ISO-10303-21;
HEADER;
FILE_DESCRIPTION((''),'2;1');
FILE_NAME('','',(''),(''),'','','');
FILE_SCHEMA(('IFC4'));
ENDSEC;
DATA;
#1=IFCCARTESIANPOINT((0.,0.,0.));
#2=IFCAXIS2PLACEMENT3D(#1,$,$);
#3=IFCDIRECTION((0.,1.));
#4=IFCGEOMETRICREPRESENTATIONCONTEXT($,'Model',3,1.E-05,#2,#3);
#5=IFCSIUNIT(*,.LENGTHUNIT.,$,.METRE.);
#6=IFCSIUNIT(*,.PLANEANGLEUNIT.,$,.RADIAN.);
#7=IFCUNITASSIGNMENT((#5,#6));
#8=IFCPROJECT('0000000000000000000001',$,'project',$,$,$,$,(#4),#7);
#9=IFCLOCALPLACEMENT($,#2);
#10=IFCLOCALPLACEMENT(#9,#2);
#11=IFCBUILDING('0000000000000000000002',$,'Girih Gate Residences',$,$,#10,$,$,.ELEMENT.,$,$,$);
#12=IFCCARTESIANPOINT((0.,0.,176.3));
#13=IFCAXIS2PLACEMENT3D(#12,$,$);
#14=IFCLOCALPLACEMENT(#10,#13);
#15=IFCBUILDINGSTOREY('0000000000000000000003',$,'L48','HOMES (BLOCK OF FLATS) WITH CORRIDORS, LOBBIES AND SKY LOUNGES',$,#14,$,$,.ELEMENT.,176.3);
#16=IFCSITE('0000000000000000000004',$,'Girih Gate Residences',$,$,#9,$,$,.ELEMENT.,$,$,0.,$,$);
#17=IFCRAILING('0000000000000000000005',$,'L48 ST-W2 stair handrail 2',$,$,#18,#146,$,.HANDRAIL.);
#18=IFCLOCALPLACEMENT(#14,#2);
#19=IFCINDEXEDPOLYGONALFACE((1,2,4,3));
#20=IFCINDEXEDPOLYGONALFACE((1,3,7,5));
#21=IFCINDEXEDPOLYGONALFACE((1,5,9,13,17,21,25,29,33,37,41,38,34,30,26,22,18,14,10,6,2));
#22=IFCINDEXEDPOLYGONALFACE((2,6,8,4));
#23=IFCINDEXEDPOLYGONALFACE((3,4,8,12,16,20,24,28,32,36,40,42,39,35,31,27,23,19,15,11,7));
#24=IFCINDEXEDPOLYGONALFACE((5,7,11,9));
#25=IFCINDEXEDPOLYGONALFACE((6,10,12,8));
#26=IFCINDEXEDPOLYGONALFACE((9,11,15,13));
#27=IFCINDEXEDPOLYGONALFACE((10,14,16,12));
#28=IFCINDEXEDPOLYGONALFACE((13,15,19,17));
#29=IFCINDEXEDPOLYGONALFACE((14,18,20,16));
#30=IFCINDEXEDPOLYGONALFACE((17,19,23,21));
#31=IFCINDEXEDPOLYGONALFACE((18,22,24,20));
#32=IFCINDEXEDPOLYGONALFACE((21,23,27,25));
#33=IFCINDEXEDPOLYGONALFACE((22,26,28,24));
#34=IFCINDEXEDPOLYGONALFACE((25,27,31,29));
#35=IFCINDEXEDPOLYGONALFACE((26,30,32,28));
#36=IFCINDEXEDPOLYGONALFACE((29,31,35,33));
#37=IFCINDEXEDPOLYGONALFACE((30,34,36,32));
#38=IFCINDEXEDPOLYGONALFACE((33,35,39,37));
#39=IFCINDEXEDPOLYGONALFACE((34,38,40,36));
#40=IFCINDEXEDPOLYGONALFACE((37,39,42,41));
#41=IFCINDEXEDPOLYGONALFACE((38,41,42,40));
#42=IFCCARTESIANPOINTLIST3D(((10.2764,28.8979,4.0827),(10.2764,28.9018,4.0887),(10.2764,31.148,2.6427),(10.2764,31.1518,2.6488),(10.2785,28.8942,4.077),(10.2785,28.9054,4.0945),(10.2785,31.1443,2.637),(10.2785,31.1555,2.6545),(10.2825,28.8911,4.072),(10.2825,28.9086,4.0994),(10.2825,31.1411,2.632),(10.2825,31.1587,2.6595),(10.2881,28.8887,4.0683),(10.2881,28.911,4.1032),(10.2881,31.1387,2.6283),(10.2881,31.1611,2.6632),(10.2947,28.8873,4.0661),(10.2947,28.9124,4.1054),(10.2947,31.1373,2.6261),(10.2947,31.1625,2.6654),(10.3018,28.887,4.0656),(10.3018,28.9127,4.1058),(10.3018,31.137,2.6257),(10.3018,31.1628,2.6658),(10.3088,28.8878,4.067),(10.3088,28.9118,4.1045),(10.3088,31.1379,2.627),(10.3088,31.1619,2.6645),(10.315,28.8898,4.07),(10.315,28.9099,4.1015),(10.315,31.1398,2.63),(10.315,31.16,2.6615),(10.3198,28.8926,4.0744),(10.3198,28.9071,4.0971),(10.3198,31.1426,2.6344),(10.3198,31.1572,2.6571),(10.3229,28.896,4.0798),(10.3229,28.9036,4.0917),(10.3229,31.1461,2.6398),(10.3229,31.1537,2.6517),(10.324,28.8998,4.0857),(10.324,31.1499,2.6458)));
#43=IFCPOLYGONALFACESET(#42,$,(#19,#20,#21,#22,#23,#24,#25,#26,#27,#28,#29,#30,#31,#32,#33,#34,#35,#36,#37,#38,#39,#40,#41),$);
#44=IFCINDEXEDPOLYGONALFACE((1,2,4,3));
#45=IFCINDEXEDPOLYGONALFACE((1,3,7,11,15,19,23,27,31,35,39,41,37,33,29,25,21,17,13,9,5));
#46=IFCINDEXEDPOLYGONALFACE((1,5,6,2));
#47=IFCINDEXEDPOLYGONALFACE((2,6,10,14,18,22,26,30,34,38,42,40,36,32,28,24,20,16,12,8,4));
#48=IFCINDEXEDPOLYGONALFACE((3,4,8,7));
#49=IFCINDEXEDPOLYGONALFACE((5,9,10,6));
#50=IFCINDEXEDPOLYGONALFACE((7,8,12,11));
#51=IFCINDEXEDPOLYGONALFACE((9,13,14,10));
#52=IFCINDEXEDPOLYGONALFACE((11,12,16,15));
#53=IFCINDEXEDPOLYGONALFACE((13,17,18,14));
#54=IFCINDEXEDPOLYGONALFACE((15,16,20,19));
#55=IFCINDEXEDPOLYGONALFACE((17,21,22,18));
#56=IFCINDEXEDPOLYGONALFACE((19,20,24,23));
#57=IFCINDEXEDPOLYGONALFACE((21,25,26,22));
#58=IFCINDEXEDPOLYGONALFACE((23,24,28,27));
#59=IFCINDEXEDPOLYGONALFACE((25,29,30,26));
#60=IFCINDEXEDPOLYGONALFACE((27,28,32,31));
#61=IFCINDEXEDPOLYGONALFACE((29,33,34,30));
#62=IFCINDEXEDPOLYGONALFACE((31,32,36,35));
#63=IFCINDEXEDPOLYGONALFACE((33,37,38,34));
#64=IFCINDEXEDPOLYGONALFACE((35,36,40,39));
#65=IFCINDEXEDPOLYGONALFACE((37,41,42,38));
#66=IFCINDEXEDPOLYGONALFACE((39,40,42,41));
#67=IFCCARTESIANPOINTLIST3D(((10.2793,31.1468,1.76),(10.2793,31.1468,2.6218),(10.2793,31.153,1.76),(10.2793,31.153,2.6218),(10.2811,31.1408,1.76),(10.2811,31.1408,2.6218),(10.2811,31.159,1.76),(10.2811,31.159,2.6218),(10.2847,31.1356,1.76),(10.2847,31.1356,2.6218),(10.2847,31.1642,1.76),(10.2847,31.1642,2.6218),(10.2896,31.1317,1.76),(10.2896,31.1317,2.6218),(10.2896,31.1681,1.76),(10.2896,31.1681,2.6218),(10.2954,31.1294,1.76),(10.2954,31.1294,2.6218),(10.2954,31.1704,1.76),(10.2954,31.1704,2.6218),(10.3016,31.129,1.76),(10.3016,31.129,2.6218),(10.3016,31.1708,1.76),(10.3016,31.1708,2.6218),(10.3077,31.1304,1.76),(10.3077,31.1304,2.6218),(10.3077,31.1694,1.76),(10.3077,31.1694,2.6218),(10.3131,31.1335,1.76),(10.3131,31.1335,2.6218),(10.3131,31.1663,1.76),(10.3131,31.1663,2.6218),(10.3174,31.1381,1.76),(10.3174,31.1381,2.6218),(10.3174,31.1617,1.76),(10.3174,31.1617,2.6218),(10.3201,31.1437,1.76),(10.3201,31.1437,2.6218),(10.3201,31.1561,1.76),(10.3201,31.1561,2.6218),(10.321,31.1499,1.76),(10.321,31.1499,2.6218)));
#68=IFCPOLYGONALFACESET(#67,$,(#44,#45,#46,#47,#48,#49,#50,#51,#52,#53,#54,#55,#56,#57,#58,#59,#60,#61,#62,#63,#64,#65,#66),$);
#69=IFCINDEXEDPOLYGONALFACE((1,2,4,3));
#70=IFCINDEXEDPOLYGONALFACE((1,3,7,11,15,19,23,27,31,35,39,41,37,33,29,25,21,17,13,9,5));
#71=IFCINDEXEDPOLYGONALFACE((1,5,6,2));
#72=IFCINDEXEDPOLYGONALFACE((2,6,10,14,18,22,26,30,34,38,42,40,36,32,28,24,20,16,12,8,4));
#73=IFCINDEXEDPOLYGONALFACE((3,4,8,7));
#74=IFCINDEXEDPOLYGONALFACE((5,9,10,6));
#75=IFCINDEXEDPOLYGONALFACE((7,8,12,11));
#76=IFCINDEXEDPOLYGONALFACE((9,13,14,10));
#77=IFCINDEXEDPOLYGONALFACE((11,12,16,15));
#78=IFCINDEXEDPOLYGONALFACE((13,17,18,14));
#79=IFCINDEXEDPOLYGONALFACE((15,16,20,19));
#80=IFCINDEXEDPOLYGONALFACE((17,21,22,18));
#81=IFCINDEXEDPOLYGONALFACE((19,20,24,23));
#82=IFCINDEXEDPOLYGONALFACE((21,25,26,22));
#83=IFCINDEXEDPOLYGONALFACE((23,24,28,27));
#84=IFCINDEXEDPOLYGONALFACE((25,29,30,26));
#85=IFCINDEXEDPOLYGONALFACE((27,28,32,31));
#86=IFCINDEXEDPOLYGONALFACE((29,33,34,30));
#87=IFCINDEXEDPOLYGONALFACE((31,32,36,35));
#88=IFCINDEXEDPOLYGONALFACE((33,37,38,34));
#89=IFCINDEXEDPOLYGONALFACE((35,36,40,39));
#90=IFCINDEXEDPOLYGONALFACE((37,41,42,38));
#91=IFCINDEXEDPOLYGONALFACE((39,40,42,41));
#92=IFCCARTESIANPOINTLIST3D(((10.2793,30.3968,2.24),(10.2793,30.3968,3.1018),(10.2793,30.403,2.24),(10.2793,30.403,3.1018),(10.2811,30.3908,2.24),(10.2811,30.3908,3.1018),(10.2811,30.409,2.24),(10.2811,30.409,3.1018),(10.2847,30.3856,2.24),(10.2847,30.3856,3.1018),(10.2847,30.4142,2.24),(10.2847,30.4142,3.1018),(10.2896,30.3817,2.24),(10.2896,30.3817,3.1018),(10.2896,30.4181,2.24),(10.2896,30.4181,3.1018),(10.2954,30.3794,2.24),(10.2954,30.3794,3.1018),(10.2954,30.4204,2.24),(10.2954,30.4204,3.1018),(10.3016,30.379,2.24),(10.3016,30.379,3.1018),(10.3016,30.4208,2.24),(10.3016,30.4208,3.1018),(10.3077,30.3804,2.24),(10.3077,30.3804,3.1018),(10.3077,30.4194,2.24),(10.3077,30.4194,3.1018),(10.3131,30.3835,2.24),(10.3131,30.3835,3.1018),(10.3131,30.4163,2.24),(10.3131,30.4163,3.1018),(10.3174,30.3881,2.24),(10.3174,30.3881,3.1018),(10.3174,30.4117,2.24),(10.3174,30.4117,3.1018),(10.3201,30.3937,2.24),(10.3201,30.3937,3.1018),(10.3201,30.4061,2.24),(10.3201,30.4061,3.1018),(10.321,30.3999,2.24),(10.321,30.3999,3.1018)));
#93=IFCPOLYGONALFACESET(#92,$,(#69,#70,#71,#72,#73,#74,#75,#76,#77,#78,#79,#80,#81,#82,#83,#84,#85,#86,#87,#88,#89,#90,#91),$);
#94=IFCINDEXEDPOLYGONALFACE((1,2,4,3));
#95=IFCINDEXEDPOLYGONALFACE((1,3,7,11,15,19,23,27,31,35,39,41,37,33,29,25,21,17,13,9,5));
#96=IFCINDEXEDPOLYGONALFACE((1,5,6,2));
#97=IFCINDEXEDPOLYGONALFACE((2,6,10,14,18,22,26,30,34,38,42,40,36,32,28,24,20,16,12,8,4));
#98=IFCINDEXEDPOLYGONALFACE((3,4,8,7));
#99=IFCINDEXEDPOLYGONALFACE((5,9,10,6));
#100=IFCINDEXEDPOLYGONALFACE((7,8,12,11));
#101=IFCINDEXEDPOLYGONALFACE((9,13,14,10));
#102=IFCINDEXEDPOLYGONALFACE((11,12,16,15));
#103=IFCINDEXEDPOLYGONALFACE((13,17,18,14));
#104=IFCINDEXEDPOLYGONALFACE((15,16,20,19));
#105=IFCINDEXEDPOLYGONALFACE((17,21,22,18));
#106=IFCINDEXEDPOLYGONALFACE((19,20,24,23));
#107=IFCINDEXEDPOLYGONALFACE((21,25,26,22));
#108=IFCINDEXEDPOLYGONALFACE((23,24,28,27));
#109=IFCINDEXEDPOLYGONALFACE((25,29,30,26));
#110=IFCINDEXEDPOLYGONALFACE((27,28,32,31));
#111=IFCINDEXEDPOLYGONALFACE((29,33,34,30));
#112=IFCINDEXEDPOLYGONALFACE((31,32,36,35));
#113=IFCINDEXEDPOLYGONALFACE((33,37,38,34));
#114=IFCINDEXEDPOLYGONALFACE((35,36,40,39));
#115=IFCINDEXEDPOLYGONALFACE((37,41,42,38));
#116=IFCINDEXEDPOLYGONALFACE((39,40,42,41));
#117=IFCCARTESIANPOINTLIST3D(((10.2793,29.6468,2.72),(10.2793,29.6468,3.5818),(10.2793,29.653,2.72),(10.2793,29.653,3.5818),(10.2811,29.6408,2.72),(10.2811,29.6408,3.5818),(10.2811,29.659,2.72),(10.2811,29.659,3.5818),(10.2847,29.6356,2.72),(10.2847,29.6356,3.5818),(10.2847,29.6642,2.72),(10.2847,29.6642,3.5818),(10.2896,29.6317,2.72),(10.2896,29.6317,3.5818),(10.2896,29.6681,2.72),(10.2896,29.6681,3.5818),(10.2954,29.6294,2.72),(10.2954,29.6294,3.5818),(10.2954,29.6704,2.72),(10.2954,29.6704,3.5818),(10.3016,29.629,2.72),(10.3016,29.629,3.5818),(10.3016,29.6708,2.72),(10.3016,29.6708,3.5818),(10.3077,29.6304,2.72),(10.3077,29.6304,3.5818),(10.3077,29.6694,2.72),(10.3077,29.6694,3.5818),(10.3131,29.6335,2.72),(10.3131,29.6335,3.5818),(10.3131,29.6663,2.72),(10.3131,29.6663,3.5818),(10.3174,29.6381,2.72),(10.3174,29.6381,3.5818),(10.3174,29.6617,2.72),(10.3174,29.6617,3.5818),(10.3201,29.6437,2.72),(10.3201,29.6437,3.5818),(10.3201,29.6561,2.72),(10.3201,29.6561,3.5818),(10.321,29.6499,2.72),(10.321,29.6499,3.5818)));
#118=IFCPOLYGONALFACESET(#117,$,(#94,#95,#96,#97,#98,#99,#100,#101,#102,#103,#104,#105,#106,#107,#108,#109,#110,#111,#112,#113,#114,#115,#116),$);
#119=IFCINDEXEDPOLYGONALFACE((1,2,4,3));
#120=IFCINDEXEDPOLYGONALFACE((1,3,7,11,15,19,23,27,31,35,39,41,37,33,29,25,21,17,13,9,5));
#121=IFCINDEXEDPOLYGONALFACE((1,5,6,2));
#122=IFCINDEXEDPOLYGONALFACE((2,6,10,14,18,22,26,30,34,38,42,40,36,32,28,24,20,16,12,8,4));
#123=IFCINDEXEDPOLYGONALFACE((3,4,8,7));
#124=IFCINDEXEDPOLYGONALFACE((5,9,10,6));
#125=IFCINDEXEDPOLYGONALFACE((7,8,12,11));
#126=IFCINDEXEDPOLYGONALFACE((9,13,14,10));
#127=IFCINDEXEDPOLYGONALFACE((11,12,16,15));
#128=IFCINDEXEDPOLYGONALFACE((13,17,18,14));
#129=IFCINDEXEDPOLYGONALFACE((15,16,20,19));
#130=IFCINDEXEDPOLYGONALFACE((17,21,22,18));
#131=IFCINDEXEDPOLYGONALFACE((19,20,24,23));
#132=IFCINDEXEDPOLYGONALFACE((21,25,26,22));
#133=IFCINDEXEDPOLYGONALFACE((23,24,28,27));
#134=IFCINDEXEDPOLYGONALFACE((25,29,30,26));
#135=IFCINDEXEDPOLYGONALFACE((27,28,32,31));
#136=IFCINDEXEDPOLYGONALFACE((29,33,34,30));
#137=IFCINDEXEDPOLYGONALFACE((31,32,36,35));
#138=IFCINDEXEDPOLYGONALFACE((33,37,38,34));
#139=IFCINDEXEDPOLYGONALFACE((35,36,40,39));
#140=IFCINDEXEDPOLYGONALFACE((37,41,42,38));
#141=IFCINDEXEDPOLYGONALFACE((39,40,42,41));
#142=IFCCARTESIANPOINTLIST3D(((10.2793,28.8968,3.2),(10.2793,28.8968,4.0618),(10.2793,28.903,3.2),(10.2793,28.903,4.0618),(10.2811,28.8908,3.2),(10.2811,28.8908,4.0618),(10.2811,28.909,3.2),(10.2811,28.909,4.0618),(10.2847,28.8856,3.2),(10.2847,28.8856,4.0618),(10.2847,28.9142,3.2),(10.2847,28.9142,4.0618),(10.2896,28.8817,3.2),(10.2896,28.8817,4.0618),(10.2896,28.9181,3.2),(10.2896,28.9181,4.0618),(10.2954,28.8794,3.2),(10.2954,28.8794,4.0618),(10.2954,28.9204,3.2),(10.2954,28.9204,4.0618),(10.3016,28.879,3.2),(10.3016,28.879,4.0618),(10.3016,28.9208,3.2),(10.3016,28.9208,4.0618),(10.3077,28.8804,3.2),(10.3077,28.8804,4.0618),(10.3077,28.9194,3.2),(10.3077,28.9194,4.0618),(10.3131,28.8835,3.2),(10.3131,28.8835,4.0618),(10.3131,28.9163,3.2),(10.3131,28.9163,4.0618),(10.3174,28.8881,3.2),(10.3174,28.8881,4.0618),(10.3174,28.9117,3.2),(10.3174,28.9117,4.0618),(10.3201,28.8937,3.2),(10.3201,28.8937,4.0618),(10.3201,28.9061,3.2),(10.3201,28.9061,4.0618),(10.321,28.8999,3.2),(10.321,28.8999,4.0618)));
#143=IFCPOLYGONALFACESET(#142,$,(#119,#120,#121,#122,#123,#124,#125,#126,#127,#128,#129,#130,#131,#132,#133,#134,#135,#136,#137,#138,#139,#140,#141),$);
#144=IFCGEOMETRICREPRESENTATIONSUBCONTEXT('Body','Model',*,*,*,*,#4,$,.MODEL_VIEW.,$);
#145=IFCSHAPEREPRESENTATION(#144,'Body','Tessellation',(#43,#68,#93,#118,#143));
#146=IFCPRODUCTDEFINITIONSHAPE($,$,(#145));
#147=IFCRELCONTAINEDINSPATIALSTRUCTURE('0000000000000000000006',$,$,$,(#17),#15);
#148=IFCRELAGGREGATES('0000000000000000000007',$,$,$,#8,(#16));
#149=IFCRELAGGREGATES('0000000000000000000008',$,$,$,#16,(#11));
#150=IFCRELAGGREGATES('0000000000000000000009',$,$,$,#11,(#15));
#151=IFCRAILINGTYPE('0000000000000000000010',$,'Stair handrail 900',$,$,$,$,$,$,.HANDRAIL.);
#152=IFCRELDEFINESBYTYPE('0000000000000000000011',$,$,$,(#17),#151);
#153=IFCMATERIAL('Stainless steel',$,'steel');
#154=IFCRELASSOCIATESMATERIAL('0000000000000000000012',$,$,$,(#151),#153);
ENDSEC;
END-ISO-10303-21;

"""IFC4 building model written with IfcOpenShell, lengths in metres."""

from ifc_helpers import new_model, si_unit, direction, frame, origin, origin_2d, place, context, subcontext, project, spatial, circle, extrude, material, type_object, element, save


model = new_model("IFC4")

# Units and contexts
model_context = context("Model", 3, precision=1e-05, world=origin(), true_north=direction((0.0, 1.0)))
body_context = subcontext(model_context, "Body", "Model", "MODEL_VIEW")
ifc_project = project(units=[si_unit("LENGTHUNIT", "METRE"), si_unit("PLANEANGLEUNIT", "RADIAN")], contexts=[model_context])

# Site, building, storey
site_placement = place(None, origin())
site = spatial("IfcSite", under=ifc_project, at=site_placement, Name="Girih Gate Residences", CompositionType="ELEMENT", RefElevation=0.0)
building_placement = place(site_placement, origin())
building = spatial("IfcBuilding", under=site, at=building_placement, Name="Girih Gate Residences", CompositionType="ELEMENT")
storey_placement = place(building_placement, frame((0.0, 0.0, 176.3)))
storey = spatial("IfcBuildingStorey", under=building, at=storey_placement, Name="L48", Description="HOMES (BLOCK OF FLATS) WITH CORRIDORS, LOBBIES AND SKY LOUNGES", CompositionType="ELEMENT", Elevation=176.3)

# Railing
ifc_material_1 = material(Name="Stainless steel", Category="steel")
railing_type_1 = type_object("IfcRailingType", Name="Stair handrail 900", PredefinedType="HANDRAIL", material=ifc_material_1)
railing_1_placement = place(storey_placement, frame((10.3, 31.1499, 1.76)))
element("IfcRailing", 1, at=railing_1_placement, inside=storey, type_object=railing_type_1, Name="L48 ST-W2 stair handrail 2", PredefinedType="HANDRAIL", context=body_context, shape_type="SweptSolid", body=[
    extrude(circle(Radius=0.0239, at=origin_2d()), frame((0.0, 0.0, 0.8857), z_axis=(0.0, -0.842281, 0.539038), x_axis=(1.0, 0.0, 0.0)), (0.0, 0.0, 1.0), 2.6714),
    extrude(circle(Radius=0.021, at=origin_2d()), origin(), (0.0, 0.0, 1.0), 0.8618),
    extrude(circle(Radius=0.021, at=origin_2d()), frame((0.0, -0.75, 0.48)), (0.0, 0.0, 1.0), 0.8618),
    extrude(circle(Radius=0.021, at=origin_2d()), frame((0.0, -1.5, 0.96)), (0.0, 0.0, 1.0), 0.8618),
    extrude(circle(Radius=0.021, at=origin_2d()), frame((0.0, -2.25, 1.4399)), (0.0, 0.0, 1.0), 0.8618),
])

save(model, "model.ifc")
